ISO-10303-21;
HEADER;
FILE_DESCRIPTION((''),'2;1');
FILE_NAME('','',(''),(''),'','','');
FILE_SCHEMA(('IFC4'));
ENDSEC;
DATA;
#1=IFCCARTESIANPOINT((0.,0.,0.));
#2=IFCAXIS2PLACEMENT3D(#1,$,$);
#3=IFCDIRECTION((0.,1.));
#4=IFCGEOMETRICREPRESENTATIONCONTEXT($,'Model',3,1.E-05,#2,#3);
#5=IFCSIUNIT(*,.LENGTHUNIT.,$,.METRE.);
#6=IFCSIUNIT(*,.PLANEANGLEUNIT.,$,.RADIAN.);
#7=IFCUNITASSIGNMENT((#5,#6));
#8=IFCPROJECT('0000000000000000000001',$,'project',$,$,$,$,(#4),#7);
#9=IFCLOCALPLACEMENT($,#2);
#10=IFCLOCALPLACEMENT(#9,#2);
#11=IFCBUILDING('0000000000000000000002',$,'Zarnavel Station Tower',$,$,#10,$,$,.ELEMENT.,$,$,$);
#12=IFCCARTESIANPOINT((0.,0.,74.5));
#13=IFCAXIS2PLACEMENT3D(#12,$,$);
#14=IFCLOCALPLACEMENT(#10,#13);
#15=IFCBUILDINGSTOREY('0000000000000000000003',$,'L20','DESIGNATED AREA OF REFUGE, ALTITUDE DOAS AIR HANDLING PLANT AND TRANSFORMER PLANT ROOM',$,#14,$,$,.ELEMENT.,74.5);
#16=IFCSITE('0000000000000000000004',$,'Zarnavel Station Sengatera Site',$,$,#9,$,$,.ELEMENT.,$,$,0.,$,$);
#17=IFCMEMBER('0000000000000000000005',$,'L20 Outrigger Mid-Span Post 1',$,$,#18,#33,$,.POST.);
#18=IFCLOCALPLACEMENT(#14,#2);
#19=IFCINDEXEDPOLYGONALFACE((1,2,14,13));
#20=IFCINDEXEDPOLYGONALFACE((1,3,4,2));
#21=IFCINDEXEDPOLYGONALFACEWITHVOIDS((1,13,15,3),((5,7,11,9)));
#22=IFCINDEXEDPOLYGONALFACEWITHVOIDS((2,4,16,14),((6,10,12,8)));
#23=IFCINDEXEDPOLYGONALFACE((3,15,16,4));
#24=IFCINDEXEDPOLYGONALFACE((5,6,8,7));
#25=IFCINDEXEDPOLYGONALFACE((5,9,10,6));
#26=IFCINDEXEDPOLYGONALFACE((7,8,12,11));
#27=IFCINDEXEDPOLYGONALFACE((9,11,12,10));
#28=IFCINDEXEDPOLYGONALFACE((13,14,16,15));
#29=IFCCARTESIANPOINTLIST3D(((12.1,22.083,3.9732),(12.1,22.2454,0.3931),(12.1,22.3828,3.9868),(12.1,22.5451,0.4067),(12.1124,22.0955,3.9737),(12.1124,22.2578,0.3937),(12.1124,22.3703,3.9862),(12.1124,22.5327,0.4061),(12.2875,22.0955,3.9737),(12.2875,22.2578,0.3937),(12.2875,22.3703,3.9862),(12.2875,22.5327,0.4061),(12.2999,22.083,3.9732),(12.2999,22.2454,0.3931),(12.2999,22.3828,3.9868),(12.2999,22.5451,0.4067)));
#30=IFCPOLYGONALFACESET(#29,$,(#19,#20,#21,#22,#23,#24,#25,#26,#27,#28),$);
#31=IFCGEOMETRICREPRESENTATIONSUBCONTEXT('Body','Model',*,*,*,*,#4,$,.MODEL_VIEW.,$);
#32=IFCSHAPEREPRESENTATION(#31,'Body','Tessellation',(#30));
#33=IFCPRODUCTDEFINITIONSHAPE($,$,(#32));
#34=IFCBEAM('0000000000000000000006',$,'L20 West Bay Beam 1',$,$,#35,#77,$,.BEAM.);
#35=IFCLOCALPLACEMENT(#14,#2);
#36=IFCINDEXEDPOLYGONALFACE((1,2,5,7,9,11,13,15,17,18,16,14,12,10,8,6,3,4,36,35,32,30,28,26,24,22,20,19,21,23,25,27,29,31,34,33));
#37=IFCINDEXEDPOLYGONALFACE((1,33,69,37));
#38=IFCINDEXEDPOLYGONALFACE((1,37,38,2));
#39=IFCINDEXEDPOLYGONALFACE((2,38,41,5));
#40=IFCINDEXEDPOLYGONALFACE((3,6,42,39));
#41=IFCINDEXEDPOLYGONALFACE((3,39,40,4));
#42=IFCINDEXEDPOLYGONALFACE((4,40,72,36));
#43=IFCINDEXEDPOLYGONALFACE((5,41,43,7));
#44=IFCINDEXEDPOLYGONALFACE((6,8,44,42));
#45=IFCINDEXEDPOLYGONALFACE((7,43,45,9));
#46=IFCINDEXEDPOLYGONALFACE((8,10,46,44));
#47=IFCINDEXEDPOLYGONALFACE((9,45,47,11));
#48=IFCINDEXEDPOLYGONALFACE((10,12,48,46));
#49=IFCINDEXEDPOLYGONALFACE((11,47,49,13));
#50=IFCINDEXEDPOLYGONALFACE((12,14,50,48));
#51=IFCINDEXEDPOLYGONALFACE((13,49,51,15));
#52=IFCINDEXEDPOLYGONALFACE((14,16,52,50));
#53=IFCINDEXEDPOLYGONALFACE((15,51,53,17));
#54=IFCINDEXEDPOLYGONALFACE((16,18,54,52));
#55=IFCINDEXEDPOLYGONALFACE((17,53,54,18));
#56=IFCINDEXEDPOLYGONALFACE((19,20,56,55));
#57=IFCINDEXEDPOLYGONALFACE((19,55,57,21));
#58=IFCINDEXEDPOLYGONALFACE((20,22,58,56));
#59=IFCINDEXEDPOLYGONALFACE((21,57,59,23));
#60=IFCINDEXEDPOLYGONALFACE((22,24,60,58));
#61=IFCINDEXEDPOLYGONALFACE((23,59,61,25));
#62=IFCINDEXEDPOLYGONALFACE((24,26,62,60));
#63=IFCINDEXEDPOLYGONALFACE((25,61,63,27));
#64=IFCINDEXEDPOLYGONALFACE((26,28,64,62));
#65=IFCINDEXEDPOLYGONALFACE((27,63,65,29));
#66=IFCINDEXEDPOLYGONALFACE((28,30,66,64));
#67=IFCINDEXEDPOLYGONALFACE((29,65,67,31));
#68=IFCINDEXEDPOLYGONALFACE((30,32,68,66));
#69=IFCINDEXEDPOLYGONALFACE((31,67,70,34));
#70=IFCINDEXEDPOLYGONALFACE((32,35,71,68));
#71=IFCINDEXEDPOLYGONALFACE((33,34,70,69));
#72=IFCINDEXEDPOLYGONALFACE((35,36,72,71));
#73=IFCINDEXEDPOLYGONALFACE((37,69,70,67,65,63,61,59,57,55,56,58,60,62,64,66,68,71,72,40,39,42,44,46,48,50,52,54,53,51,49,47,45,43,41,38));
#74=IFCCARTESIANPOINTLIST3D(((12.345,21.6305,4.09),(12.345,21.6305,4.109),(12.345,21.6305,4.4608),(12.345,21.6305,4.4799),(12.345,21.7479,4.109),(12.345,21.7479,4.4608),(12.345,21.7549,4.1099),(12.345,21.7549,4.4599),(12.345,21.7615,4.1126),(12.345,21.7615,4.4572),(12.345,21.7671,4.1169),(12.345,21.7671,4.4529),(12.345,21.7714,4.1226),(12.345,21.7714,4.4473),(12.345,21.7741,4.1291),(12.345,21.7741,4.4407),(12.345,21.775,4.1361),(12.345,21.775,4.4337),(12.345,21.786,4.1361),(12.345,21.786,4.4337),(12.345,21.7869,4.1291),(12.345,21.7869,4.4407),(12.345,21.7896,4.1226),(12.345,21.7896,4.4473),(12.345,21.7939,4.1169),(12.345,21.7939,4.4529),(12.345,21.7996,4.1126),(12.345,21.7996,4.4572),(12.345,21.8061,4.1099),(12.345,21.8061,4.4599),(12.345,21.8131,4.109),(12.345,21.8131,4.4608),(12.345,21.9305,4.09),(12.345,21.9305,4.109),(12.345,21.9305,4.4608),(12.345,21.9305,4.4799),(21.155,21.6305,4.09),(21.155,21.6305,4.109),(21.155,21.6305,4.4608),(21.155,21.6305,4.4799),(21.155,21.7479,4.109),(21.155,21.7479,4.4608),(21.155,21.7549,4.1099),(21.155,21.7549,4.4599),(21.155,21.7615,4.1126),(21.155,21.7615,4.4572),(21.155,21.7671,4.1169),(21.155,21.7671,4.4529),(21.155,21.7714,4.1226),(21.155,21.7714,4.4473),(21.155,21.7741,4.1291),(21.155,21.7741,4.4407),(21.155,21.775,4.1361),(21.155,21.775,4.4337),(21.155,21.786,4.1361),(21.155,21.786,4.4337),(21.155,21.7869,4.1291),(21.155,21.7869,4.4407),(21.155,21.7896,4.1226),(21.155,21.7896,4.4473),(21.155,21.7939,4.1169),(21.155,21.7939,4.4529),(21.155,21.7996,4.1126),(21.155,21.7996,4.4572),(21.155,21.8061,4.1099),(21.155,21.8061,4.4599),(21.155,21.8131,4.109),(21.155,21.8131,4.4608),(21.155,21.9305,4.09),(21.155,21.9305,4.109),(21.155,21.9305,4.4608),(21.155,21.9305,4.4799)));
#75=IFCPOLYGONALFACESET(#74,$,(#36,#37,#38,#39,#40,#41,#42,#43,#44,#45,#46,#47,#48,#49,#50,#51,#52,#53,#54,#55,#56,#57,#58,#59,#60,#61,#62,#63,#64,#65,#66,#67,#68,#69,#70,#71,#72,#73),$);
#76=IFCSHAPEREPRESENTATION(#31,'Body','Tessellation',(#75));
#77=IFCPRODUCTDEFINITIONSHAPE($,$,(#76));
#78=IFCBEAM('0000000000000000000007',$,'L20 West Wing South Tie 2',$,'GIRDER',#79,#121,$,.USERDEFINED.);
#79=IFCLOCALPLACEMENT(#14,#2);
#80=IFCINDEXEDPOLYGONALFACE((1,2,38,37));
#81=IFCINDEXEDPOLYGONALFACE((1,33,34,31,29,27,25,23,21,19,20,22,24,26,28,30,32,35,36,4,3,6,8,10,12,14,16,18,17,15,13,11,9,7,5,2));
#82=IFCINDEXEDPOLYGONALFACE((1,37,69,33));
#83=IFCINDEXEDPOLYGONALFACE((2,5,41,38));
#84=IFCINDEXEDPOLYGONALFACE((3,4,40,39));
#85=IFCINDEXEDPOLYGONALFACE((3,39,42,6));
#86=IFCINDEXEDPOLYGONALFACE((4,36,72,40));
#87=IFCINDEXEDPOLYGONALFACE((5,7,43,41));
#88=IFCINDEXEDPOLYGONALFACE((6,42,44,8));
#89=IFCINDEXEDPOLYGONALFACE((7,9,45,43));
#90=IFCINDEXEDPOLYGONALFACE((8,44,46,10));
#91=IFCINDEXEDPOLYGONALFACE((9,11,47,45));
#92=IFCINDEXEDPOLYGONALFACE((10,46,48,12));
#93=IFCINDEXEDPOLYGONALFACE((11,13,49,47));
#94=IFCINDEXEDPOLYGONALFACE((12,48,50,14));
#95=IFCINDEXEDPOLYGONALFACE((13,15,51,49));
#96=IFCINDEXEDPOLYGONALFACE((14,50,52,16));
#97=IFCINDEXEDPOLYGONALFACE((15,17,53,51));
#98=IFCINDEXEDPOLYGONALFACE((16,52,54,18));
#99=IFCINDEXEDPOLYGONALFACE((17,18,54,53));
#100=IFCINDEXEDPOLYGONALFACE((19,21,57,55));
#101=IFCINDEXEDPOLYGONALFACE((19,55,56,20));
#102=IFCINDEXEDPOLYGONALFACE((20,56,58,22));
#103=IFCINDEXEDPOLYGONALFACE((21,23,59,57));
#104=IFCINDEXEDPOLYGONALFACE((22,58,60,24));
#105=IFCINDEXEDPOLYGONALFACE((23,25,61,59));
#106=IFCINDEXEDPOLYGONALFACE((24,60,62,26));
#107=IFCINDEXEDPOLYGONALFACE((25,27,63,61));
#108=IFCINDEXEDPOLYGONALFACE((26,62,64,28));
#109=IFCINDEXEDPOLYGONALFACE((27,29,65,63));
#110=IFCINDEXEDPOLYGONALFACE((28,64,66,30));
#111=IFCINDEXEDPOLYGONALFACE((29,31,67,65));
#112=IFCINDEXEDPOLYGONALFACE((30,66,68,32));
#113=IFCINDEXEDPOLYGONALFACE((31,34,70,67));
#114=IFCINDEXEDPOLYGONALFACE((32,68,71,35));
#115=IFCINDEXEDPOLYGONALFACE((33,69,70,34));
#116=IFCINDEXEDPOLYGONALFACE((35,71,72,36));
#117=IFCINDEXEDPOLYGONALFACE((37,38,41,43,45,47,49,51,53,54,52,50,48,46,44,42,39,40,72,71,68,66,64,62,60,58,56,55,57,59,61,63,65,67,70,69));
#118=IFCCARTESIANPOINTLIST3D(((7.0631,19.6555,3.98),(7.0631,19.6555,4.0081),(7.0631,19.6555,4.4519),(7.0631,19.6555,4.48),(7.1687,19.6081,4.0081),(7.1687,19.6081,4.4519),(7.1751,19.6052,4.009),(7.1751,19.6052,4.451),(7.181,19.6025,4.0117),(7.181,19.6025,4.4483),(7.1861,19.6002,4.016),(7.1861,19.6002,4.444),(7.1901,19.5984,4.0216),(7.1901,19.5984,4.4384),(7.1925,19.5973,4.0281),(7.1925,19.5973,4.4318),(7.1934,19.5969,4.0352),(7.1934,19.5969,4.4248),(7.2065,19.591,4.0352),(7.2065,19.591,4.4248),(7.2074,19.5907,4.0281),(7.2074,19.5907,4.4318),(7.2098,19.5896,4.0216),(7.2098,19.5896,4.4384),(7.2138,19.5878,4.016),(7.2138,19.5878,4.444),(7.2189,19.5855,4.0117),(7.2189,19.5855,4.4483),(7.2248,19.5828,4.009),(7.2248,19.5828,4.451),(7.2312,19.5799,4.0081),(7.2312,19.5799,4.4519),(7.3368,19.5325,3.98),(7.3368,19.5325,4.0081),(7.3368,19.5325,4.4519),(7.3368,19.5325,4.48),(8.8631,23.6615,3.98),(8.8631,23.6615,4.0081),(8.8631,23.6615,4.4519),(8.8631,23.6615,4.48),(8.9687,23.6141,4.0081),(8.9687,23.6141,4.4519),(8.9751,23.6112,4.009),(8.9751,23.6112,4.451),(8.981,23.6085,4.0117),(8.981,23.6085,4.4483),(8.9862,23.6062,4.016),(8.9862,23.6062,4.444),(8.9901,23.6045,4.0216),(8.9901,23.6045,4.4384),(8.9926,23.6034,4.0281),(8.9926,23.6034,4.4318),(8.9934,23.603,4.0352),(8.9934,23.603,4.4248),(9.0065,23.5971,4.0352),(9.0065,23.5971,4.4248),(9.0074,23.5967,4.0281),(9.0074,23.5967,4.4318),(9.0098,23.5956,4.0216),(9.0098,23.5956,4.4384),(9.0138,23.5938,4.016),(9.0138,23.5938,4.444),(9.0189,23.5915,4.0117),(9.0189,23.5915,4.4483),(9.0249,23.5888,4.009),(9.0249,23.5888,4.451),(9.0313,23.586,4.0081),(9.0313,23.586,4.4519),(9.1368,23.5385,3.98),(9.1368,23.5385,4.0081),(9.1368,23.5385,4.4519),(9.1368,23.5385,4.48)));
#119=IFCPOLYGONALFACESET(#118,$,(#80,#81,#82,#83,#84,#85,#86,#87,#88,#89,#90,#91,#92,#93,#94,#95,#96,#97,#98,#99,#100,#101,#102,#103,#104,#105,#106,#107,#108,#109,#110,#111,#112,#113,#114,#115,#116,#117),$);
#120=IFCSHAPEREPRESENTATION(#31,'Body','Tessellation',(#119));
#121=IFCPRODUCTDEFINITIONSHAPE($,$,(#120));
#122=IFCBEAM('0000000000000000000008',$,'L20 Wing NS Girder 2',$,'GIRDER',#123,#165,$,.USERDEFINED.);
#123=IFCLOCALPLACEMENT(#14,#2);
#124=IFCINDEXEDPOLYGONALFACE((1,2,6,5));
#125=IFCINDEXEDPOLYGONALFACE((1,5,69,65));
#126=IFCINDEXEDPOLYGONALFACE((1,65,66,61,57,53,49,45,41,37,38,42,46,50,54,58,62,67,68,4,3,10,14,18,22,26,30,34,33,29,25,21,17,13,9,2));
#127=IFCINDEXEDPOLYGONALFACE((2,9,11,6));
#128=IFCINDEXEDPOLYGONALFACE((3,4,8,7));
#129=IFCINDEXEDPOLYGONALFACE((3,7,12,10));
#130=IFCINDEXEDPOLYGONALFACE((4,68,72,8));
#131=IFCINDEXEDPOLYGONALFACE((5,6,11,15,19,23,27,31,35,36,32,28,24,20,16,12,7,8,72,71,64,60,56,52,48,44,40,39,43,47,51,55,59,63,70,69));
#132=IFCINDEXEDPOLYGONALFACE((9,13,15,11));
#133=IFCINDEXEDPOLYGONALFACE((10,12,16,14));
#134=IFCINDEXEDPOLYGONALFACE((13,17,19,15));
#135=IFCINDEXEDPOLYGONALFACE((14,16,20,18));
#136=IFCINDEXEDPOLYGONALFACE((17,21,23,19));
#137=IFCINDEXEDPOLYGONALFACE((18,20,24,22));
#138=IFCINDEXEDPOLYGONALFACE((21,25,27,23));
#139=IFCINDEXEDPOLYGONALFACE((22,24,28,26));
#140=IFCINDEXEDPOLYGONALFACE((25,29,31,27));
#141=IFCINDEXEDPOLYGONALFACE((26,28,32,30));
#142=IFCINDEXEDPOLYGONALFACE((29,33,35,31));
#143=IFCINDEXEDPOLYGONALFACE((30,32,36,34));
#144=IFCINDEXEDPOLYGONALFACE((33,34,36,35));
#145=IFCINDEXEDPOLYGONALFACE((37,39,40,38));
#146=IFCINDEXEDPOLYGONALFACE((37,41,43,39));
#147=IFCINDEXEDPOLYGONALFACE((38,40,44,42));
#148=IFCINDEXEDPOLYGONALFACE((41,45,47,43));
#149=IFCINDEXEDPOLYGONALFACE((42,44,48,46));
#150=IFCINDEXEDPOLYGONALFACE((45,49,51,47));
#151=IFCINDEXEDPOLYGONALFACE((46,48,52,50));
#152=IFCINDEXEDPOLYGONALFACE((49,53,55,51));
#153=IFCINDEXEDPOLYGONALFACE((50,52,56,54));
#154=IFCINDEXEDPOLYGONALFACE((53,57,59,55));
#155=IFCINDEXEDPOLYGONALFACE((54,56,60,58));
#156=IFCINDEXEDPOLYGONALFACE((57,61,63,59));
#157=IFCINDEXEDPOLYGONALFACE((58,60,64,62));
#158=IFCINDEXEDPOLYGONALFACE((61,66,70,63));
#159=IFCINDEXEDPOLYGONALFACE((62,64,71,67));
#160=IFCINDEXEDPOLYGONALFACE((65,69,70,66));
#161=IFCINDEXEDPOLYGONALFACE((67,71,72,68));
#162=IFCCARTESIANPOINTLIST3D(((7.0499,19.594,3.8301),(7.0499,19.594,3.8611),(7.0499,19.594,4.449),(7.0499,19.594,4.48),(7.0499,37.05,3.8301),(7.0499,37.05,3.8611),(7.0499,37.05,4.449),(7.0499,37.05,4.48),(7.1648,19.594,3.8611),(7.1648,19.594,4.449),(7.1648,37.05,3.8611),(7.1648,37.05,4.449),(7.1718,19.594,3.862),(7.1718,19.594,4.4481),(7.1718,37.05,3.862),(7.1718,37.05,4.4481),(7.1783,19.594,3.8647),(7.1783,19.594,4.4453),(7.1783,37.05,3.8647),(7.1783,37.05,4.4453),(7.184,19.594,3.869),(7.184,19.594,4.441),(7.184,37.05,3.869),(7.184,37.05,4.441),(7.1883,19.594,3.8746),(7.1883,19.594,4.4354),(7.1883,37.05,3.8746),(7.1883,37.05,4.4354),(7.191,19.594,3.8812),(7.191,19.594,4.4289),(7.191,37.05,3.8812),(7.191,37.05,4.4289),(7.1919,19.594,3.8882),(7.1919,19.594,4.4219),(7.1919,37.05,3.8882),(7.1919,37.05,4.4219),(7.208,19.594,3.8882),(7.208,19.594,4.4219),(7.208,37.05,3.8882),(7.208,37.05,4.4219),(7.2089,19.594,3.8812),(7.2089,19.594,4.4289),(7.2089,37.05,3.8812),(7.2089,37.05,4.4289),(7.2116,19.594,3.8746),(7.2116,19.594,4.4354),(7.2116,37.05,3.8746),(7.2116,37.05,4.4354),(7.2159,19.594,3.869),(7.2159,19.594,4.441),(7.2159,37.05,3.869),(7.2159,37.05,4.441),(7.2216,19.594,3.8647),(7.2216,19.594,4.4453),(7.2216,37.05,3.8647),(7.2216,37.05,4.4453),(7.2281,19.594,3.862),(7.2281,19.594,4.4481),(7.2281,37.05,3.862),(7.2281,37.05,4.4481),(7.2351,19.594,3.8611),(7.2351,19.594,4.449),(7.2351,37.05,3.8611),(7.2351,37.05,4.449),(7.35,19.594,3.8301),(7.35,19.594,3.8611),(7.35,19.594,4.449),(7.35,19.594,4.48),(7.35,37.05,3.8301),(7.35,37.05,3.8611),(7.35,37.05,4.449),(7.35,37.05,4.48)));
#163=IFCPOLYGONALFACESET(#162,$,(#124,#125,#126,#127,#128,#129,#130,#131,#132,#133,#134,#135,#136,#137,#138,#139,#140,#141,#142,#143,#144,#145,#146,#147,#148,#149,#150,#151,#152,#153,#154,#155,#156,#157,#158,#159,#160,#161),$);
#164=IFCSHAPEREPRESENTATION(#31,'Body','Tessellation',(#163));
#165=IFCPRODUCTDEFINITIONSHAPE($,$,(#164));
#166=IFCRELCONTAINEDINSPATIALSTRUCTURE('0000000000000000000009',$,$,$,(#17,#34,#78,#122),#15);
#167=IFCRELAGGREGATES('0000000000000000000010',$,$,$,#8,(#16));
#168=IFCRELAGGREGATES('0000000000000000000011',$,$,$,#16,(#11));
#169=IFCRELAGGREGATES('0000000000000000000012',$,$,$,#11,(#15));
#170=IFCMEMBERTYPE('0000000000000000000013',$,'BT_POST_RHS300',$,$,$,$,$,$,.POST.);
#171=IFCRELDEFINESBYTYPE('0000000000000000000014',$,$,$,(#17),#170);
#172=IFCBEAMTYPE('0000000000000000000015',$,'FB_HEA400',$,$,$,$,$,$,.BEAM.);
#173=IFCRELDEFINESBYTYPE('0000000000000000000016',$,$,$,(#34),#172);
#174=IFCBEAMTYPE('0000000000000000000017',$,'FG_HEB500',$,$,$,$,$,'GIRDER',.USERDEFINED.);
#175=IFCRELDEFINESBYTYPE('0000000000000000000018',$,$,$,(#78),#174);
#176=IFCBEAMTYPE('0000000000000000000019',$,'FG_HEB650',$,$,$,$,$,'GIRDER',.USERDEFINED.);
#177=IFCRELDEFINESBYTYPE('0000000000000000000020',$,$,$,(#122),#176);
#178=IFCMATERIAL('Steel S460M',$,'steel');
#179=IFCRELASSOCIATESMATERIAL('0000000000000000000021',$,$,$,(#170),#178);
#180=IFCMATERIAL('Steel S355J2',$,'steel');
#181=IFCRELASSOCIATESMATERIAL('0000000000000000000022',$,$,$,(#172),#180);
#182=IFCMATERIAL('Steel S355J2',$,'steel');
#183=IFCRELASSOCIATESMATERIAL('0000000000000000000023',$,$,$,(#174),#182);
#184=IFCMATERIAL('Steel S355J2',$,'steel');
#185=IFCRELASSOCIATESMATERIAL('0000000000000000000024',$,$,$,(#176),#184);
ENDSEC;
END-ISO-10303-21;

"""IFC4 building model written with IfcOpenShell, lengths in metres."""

from ifc_helpers import new_model, si_unit, direction, frame, origin, origin_2d, place, context, subcontext, project, spatial, hollow_rectangle, i_section, extrude, material, material_profile, profile_set, type_object, element, save


model = new_model("IFC4")

# Units and contexts
model_context = context("Model", 3, precision=1e-05, world=origin(), true_north=direction((0.0, 1.0)))
body_context = subcontext(model_context, "Body", "Model", "MODEL_VIEW")
ifc_project = project(units=[si_unit("LENGTHUNIT", "METRE"), si_unit("PLANEANGLEUNIT", "RADIAN")], contexts=[model_context])

# Site, building, storey
site_placement = place(None, origin())
site = spatial("IfcSite", under=ifc_project, at=site_placement, Name="Zarnavel Station Sengatera Site", CompositionType="ELEMENT", RefElevation=0.0)
building_placement = place(site_placement, origin())
building = spatial("IfcBuilding", under=site, at=building_placement, Name="Zarnavel Station Tower", CompositionType="ELEMENT")
storey_placement = place(building_placement, frame((0.0, 0.0, 74.5)))
storey = spatial("IfcBuildingStorey", under=building, at=storey_placement, Name="L20", Description="DESIGNATED AREA OF REFUGE, ALTITUDE DOAS AIR HANDLING PLANT AND TRANSFORMER PLANT ROOM", CompositionType="ELEMENT", Elevation=74.5)

# Member
ifc_material_1 = material(Name="Steel S460M", Category="steel")
ifc_material_profile_1 = material_profile(ifc_material_1, hollow_rectangle(XDim=0.2, YDim=0.3, WallThickness=0.0125, at=origin_2d()), Name="RHS300x200x12.5")
ifc_profile_set_1 = profile_set([ifc_material_profile_1], Name="Steel S460M")
member_type_1 = type_object("IfcMemberType", Name="BT_POST_RHS300", PredefinedType="POST", material=ifc_profile_set_1)
member_1_placement = place(storey_placement, frame((12.2, 22.3953, 0.3999), z_axis=(0.0, -0.045303, 0.998973), x_axis=(1.0, 0.0, 0.0)))
element("IfcMember", 1, at=member_1_placement, inside=storey, type_object=member_type_1, Name="L20 Outrigger Mid-Span Post 1", PredefinedType="POST", context=body_context, shape_type="SweptSolid", body=[
    extrude(hollow_rectangle(XDim=0.2, YDim=0.3, WallThickness=0.0125, at=origin_2d()), origin(), (0.0, 0.0, 1.0), 3.5837),
])

# Beams
ifc_material_2 = material(Name="Steel S355J2", Category="steel")
ifc_material_profile_2 = material_profile(ifc_material_2, i_section(OverallWidth=0.3, OverallDepth=0.3899, WebThickness=0.011, FlangeThickness=0.019, FilletRadius=0.0271, at=origin_2d()), Name="HEA400")
ifc_profile_set_2 = profile_set([ifc_material_profile_2], Name="Steel S355J2")
beam_type_1 = type_object("IfcBeamType", Name="FB_HEA400", PredefinedType="BEAM", material=ifc_profile_set_2)
beam_1_placement = place(storey_placement, frame((12.345, 21.7805, 4.2849), z_axis=(1.0, 0.0, 0.0), x_axis=(0.0, 1.0, 0.0)))
element("IfcBeam", 2, at=beam_1_placement, inside=storey, type_object=beam_type_1, Name="L20 West Bay Beam 1", PredefinedType="BEAM", context=body_context, shape_type="SweptSolid", body=[
    extrude(i_section(OverallWidth=0.3, OverallDepth=0.3899, WebThickness=0.011, FlangeThickness=0.019, FilletRadius=0.0271, at=origin_2d()), origin(), (0.0, 0.0, 1.0), 8.8101),
])
ifc_material_3 = material(Name="Steel S355J2", Category="steel")
ifc_material_profile_3 = material_profile(ifc_material_3, i_section(OverallWidth=0.3, OverallDepth=0.5, WebThickness=0.0144, FlangeThickness=0.0281, FilletRadius=0.0271, at=origin_2d()), Name="HEB500")
ifc_profile_set_3 = profile_set([ifc_material_profile_3], Name="Steel S355J2")
beam_type_2 = type_object("IfcBeamType", Name="FG_HEB500", ElementType="GIRDER", PredefinedType="USERDEFINED", material=ifc_profile_set_3)
beam_2_placement = place(storey_placement, frame((7.2, 19.594, 4.23), z_axis=(0.409854, 0.912151, 0.0), x_axis=(-0.912151, 0.409854, 0.0)))
element("IfcBeam", 3, at=beam_2_placement, inside=storey, type_object=beam_type_2, Name="L20 West Wing South Tie 2", ObjectType="GIRDER", PredefinedType="USERDEFINED", context=body_context, shape_type="SweptSolid", body=[
    extrude(i_section(OverallWidth=0.3, OverallDepth=0.5, WebThickness=0.0144, FlangeThickness=0.0281, FilletRadius=0.0271, at=origin_2d()), origin(), (0.0, 0.0, 1.0), 4.3918),
])
ifc_material_4 = material(Name="Steel S355J2", Category="steel")
ifc_material_profile_4 = material_profile(ifc_material_4, i_section(OverallWidth=0.3, OverallDepth=0.6499, WebThickness=0.0161, FlangeThickness=0.031, FilletRadius=0.0271, at=origin_2d()), Name="HEB650")
ifc_profile_set_4 = profile_set([ifc_material_profile_4], Name="Steel S355J2")
beam_type_3 = type_object("IfcBeamType", Name="FG_HEB650", ElementType="GIRDER", PredefinedType="USERDEFINED", material=ifc_profile_set_4)
beam_3_placement = place(storey_placement, frame((7.2, 19.594, 4.155), z_axis=(0.0, 1.0, 0.0), x_axis=(-1.0, 0.0, 0.0)))
element("IfcBeam", 4, at=beam_3_placement, inside=storey, type_object=beam_type_3, Name="L20 Wing NS Girder 2", ObjectType="GIRDER", PredefinedType="USERDEFINED", context=body_context, shape_type="SweptSolid", body=[
    extrude(i_section(OverallWidth=0.3, OverallDepth=0.6499, WebThickness=0.0161, FlangeThickness=0.031, FilletRadius=0.0271, at=origin_2d()), origin(), (0.0, 0.0, 1.0), 17.4561),
])

save(model, "model.ifc")
